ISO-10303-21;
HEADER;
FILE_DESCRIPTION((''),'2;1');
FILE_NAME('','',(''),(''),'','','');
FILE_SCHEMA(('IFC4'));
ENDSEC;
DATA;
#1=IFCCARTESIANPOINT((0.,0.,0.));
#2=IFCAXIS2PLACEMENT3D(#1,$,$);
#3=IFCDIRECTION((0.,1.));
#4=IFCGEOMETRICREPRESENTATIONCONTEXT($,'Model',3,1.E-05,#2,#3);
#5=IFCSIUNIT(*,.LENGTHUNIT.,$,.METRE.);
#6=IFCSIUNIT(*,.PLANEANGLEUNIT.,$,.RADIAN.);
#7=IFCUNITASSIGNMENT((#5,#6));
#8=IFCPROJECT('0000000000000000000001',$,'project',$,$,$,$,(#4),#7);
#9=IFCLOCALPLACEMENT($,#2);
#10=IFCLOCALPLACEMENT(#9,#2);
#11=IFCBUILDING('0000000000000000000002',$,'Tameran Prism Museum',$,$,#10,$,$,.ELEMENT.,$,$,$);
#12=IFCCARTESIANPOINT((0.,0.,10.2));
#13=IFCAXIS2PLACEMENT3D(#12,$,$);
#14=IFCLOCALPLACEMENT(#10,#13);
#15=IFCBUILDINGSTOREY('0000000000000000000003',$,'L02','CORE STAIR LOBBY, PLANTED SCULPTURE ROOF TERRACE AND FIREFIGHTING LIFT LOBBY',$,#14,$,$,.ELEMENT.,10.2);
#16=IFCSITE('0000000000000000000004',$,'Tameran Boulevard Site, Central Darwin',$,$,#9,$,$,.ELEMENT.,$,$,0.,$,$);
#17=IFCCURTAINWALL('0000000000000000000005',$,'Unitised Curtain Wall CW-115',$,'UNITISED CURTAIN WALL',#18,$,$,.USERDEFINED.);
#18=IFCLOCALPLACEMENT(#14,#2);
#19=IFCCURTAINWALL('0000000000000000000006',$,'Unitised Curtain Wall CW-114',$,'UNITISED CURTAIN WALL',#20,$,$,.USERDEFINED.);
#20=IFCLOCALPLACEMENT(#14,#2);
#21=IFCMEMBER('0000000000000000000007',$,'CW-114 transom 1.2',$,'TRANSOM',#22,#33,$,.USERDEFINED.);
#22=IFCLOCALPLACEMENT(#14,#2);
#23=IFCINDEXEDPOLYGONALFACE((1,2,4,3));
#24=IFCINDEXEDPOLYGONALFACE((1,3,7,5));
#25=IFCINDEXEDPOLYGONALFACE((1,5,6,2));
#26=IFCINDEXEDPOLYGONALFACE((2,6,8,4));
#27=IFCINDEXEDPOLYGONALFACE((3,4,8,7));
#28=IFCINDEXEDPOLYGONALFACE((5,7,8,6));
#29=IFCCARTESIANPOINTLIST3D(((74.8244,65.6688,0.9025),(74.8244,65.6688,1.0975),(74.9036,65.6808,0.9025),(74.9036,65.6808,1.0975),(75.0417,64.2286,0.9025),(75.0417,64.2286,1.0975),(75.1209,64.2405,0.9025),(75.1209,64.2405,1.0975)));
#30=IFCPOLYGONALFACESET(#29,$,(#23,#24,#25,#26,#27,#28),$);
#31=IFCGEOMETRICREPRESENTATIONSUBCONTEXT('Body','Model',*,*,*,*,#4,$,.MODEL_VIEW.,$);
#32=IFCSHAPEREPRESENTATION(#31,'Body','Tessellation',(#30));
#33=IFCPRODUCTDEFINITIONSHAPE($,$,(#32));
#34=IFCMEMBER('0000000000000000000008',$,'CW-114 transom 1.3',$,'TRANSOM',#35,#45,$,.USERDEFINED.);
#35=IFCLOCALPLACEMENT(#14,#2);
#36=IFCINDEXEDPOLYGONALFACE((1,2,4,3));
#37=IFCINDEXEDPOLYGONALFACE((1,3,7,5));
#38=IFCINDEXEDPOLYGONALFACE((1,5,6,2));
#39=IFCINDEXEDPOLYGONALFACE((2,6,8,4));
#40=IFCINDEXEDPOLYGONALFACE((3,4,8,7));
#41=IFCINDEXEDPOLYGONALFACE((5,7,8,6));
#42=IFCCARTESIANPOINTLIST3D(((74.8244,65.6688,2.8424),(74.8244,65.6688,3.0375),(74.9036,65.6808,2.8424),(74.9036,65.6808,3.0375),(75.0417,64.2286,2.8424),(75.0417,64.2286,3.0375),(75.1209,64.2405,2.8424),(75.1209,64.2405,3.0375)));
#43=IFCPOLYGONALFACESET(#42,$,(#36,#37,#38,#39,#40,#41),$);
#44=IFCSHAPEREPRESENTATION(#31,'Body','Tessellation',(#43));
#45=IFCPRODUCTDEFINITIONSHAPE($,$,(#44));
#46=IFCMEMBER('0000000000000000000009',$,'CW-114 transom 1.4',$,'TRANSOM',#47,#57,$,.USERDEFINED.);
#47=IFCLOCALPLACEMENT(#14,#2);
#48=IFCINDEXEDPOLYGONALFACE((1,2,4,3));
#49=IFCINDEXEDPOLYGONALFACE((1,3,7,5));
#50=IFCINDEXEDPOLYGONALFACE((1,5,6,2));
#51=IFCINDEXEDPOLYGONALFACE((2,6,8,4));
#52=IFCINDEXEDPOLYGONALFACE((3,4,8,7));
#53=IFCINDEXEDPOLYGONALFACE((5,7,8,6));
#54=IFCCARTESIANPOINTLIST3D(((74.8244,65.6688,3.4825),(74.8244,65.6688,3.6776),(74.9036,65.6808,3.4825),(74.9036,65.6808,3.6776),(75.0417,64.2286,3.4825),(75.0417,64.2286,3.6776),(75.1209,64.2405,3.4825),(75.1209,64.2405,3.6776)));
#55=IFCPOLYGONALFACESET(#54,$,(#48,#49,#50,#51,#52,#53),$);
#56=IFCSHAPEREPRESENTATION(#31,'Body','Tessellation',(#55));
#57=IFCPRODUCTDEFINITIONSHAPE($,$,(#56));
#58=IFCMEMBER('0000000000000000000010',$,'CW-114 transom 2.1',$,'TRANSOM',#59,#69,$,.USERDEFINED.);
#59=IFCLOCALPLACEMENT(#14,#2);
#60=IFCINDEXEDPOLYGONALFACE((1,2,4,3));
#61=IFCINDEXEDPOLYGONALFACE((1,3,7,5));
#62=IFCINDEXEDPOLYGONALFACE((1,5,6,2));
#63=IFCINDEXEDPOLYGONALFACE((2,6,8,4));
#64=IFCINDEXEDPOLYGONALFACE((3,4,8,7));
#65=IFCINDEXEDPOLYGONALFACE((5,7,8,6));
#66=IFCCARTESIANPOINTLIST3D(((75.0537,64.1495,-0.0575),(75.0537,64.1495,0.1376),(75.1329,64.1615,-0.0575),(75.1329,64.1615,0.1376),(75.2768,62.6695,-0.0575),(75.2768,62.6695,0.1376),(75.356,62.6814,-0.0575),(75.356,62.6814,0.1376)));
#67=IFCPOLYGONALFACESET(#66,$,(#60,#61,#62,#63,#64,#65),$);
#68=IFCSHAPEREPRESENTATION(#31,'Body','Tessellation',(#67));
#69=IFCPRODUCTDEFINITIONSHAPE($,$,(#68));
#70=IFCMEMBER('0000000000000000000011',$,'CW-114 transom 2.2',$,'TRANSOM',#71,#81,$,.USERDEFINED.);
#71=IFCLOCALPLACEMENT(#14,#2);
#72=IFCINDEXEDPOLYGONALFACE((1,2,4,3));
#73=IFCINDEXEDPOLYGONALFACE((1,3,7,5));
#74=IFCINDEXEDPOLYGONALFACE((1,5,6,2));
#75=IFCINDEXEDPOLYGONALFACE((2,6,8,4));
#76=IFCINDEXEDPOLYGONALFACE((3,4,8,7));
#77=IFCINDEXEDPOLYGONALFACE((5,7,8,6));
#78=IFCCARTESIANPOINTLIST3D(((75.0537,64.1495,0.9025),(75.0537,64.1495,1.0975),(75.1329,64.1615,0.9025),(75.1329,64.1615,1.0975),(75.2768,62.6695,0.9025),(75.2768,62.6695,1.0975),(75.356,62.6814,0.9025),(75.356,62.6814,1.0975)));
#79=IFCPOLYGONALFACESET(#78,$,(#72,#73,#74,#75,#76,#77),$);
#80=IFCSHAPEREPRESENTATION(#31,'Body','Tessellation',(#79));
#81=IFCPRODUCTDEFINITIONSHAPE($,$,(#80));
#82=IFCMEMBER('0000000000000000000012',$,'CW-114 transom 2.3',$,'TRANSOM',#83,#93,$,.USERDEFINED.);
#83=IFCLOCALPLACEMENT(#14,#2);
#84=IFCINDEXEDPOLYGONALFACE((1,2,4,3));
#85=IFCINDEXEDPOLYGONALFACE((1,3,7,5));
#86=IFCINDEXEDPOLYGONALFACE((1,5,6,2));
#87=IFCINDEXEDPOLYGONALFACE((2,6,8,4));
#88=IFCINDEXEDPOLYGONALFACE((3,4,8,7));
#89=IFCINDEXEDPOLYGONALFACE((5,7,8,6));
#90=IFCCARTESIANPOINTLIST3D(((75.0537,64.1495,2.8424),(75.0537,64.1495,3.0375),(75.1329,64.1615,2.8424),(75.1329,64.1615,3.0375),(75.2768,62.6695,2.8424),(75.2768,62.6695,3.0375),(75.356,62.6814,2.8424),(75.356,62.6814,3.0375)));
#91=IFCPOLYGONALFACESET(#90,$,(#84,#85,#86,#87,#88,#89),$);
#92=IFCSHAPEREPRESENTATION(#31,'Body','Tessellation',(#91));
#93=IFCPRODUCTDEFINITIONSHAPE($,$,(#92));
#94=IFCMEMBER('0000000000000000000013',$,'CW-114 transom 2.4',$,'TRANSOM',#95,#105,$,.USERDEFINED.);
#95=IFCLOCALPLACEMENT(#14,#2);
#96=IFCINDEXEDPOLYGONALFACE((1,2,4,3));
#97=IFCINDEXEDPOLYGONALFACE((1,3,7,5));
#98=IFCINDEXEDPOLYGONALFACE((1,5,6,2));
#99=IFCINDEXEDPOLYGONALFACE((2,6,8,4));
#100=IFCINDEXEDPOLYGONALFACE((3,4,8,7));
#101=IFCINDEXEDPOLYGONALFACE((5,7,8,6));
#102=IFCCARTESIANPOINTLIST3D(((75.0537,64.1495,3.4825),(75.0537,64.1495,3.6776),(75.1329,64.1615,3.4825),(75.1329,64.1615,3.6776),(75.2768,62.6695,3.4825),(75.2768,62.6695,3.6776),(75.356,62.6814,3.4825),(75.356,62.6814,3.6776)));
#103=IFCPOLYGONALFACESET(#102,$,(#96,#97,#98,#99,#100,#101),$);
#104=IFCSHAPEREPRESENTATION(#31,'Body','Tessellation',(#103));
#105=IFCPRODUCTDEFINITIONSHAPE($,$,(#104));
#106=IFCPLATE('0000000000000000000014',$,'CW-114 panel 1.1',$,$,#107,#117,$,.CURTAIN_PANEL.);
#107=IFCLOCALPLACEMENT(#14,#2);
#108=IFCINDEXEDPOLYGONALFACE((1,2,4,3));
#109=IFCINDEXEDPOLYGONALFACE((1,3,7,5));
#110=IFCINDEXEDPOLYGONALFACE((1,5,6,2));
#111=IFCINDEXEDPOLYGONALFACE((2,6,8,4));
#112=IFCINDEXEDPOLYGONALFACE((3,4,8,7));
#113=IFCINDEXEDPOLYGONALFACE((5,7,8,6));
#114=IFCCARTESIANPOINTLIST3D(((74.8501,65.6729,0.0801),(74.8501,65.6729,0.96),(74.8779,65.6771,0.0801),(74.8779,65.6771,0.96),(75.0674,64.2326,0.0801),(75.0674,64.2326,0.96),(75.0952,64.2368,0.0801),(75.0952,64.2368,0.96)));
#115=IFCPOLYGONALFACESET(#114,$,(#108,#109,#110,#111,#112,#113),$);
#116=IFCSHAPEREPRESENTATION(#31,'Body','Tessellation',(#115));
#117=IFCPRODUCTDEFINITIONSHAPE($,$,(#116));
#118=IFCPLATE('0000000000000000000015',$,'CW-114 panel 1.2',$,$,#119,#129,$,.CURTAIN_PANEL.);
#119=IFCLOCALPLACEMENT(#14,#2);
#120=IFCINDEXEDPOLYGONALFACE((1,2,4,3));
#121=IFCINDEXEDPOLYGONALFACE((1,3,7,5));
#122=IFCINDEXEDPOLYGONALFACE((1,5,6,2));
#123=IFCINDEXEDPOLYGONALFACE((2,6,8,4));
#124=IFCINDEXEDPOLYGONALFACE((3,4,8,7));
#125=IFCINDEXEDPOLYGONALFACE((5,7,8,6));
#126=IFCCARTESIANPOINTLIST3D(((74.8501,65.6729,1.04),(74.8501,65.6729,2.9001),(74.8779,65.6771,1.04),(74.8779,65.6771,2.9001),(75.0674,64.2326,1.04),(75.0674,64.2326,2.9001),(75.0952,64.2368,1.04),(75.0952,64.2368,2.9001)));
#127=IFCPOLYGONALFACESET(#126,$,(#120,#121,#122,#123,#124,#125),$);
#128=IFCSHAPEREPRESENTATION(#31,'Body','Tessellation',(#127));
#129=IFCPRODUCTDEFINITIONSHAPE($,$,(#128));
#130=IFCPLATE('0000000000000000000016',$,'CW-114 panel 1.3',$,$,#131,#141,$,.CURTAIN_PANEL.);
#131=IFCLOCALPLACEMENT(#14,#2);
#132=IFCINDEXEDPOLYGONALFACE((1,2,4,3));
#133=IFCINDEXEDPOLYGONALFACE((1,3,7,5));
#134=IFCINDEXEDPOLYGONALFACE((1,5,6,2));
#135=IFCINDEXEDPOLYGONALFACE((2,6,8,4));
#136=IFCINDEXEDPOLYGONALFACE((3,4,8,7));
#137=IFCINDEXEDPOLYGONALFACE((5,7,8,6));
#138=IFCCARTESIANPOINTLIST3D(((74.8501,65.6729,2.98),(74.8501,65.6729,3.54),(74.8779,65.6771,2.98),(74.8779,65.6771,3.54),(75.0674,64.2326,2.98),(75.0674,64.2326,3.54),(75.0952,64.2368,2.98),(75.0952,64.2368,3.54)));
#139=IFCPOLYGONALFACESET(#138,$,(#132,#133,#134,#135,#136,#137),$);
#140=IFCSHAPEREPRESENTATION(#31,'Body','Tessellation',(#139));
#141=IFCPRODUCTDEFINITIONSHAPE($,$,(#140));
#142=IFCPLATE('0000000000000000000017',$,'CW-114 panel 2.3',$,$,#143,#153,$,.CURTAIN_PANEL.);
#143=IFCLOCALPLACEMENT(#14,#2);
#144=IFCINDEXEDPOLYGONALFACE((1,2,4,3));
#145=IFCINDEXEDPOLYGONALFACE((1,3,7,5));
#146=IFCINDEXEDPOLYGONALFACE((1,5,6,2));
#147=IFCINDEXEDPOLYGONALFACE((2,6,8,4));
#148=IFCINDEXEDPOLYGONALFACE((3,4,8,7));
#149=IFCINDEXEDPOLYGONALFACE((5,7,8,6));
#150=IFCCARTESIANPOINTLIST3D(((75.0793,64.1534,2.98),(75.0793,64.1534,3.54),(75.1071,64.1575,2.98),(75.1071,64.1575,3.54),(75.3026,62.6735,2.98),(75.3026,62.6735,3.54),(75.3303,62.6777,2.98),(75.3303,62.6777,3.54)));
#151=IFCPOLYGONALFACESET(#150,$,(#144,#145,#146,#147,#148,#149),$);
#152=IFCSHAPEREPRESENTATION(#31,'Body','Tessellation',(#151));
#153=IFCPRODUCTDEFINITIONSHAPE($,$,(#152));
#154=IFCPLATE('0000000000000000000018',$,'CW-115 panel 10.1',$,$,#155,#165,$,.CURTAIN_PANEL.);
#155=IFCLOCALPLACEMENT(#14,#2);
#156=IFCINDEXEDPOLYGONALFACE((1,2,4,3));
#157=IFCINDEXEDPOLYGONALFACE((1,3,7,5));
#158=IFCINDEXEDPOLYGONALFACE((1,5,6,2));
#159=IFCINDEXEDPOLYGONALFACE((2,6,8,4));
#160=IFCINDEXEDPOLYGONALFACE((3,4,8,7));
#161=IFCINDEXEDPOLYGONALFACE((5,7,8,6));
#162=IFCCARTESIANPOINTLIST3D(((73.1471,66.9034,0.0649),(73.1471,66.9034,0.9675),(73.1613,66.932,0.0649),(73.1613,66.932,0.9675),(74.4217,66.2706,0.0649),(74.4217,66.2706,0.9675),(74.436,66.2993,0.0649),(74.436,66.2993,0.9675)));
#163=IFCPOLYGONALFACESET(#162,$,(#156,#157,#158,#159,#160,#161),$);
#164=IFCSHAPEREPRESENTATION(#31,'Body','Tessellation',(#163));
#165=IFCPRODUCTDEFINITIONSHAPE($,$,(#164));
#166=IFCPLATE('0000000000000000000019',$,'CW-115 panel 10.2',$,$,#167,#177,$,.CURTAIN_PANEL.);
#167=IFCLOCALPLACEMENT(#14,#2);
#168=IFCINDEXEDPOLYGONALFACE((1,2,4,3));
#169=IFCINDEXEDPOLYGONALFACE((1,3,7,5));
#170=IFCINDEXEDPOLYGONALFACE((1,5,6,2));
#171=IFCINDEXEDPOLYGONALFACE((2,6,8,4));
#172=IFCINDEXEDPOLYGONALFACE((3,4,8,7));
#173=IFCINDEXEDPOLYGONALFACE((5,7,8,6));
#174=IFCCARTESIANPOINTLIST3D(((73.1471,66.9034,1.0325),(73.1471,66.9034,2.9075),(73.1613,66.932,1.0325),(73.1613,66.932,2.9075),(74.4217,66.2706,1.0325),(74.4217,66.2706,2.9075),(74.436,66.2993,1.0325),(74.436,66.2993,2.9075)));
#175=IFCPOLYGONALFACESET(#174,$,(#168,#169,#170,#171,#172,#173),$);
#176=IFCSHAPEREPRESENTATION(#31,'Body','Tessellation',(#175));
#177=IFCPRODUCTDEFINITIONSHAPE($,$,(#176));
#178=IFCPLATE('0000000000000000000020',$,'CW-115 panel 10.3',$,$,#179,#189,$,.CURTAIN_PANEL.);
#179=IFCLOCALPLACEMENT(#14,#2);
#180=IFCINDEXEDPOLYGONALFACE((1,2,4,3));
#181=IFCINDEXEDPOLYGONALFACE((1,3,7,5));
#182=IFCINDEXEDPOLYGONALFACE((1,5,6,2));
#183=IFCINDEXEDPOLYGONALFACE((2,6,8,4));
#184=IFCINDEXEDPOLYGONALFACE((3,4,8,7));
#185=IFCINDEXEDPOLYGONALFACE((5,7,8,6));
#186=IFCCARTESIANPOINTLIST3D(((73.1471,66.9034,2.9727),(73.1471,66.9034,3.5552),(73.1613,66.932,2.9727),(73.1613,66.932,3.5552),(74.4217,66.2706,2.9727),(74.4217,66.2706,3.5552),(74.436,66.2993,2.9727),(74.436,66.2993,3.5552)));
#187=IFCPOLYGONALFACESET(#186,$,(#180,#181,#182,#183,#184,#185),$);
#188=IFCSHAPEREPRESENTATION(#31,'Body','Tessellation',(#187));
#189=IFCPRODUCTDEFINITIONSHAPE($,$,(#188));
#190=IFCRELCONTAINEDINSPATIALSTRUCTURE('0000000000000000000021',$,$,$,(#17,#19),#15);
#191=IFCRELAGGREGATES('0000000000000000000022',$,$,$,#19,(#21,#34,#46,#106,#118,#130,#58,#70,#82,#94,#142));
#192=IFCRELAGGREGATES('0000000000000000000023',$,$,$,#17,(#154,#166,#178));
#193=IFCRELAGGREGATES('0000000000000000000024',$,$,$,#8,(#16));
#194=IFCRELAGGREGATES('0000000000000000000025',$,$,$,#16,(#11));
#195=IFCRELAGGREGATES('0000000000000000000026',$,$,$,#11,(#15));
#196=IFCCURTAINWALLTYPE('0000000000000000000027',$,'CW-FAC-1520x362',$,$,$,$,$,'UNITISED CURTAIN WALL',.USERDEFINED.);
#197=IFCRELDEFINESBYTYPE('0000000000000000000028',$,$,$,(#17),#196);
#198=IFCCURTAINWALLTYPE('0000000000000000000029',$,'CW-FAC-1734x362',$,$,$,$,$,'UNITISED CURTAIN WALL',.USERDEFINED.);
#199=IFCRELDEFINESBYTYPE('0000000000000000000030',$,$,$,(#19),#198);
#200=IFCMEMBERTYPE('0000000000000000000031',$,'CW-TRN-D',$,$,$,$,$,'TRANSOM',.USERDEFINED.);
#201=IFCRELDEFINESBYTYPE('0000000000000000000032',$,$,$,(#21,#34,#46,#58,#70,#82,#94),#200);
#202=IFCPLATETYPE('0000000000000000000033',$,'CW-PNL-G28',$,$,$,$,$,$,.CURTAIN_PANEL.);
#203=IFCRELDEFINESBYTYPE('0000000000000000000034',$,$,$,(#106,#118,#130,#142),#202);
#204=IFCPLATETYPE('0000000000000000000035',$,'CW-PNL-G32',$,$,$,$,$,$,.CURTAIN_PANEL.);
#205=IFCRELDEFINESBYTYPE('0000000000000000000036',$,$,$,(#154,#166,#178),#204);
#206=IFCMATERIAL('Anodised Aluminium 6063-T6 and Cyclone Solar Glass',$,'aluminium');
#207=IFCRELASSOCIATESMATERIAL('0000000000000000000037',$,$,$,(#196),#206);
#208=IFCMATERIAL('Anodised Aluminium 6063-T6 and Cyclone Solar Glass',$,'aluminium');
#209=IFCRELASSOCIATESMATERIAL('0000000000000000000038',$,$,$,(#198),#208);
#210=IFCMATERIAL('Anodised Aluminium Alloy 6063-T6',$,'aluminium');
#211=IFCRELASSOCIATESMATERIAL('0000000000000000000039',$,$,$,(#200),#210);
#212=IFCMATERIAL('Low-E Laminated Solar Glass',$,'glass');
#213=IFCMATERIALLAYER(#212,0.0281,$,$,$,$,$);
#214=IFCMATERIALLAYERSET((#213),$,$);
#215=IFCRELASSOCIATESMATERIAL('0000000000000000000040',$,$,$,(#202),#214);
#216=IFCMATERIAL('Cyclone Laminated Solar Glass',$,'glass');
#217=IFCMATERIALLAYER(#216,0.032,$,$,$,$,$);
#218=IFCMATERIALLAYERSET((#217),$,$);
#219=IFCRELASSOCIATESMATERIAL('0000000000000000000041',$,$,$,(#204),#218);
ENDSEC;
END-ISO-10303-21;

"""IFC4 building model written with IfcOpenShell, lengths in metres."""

from ifc_helpers import new_model, si_unit, direction, frame, origin, origin_2d, place, context, subcontext, project, spatial, rectangle, extrude, material, layer, layer_set, material_profile, profile_set, type_object, element, aggregate, save


model = new_model("IFC4")

# Units and contexts
model_context = context("Model", 3, precision=1e-05, world=origin(), true_north=direction((0.0, 1.0)))
body_context = subcontext(model_context, "Body", "Model", "MODEL_VIEW")
ifc_project = project(units=[si_unit("LENGTHUNIT", "METRE"), si_unit("PLANEANGLEUNIT", "RADIAN")], contexts=[model_context])

# Site, building, storey
site_placement = place(None, origin())
site = spatial("IfcSite", under=ifc_project, at=site_placement, Name="Tameran Boulevard Site, Central Darwin", CompositionType="ELEMENT", RefElevation=0.0)
building_placement = place(site_placement, origin())
building = spatial("IfcBuilding", under=site, at=building_placement, Name="Tameran Prism Museum", CompositionType="ELEMENT")
storey_placement = place(building_placement, frame((0.0, 0.0, 10.2)))
storey = spatial("IfcBuildingStorey", under=building, at=storey_placement, Name="L02", Description="CORE STAIR LOBBY, PLANTED SCULPTURE ROOF TERRACE AND FIREFIGHTING LIFT LOBBY", CompositionType="ELEMENT", Elevation=10.2)

# Curtain wall
ifc_material_1 = material(Name="Anodised Aluminium 6063-T6 and Cyclone Solar Glass", Category="aluminium")
curtain_wall_type_1 = type_object("IfcCurtainWallType", Name="CW-FAC-1520x362", ElementType="UNITISED CURTAIN WALL", PredefinedType="USERDEFINED", material=ifc_material_1)
curtain_wall_1_placement = place(storey_placement, origin())
curtain_wall_1 = element("IfcCurtainWall", 1, at=curtain_wall_1_placement, inside=storey, type_object=curtain_wall_type_1, Name="Unitised Curtain Wall CW-115", ObjectType="UNITISED CURTAIN WALL", PredefinedType="USERDEFINED")

# Curtain wall
ifc_material_2 = material(Name="Anodised Aluminium 6063-T6 and Cyclone Solar Glass", Category="aluminium")
curtain_wall_type_2 = type_object("IfcCurtainWallType", Name="CW-FAC-1734x362", ElementType="UNITISED CURTAIN WALL", PredefinedType="USERDEFINED", material=ifc_material_2)
curtain_wall_2_placement = place(storey_placement, origin())
curtain_wall_2 = element("IfcCurtainWall", 2, at=curtain_wall_2_placement, inside=storey, type_object=curtain_wall_type_2, Name="Unitised Curtain Wall CW-114", ObjectType="UNITISED CURTAIN WALL", PredefinedType="USERDEFINED")

# Members
ifc_material_3 = material(Name="Anodised Aluminium Alloy 6063-T6", Category="aluminium")
ifc_material_profile_1 = material_profile(ifc_material_3, rectangle(XDim=0.0801, YDim=0.1951, at=origin_2d()))
ifc_profile_set_1 = profile_set([ifc_material_profile_1])
member_type_1 = type_object("IfcMemberType", Name="CW-TRN-D", ElementType="TRANSOM", PredefinedType="USERDEFINED", material=ifc_profile_set_1)
member_1_placement = place(storey_placement, frame((74.864, 65.6748, 1.0), z_axis=(0.149185, -0.988809, 0.0), x_axis=(0.988809, 0.149185, 0.0)))
member_1 = element("IfcMember", 3, at=member_1_placement, type_object=member_type_1, Name="CW-114 transom 1.2", ObjectType="TRANSOM", PredefinedType="USERDEFINED", context=body_context, shape_type="SweptSolid", body=[
    extrude(rectangle(XDim=0.0801, YDim=0.1951, at=origin_2d()), origin(), (0.0, 0.0, 1.0), 1.4565),
])
member_2_placement = place(storey_placement, frame((74.864, 65.6748, 2.9399), z_axis=(0.149185, -0.988809, 0.0), x_axis=(0.988809, 0.149185, 0.0)))
member_2 = element("IfcMember", 4, at=member_2_placement, type_object=member_type_1, Name="CW-114 transom 1.3", ObjectType="TRANSOM", PredefinedType="USERDEFINED", context=body_context, shape_type="SweptSolid", body=[
    extrude(rectangle(XDim=0.0801, YDim=0.1951, at=origin_2d()), origin(), (0.0, 0.0, 1.0), 1.4565),
])
member_3_placement = place(storey_placement, frame((74.864, 65.6748, 3.5801), z_axis=(0.149185, -0.988809, 0.0), x_axis=(0.988809, 0.149185, 0.0)))
member_3 = element("IfcMember", 5, at=member_3_placement, type_object=member_type_1, Name="CW-114 transom 1.4", ObjectType="TRANSOM", PredefinedType="USERDEFINED", context=body_context, shape_type="SweptSolid", body=[
    extrude(rectangle(XDim=0.0801, YDim=0.1951, at=origin_2d()), origin(), (0.0, 0.0, 1.0), 1.4565),
])
member_4_placement = place(storey_placement, frame((75.0933, 64.1555, 0.04), z_axis=(0.14909, -0.988824, 0.0), x_axis=(0.988824, 0.14909, 0.0)))
member_4 = element("IfcMember", 6, at=member_4_placement, type_object=member_type_1, Name="CW-114 transom 2.1", ObjectType="TRANSOM", PredefinedType="USERDEFINED", context=body_context, shape_type="SweptSolid", body=[
    extrude(rectangle(XDim=0.0801, YDim=0.1951, at=origin_2d()), origin(), (0.0, 0.0, 1.0), 1.4968),
])
member_5_placement = place(storey_placement, frame((75.0933, 64.1555, 1.0), z_axis=(0.14909, -0.988824, 0.0), x_axis=(0.988824, 0.14909, 0.0)))
member_5 = element("IfcMember", 7, at=member_5_placement, type_object=member_type_1, Name="CW-114 transom 2.2", ObjectType="TRANSOM", PredefinedType="USERDEFINED", context=body_context, shape_type="SweptSolid", body=[
    extrude(rectangle(XDim=0.0801, YDim=0.1951, at=origin_2d()), origin(), (0.0, 0.0, 1.0), 1.4968),
])
member_6_placement = place(storey_placement, frame((75.0933, 64.1555, 2.9399), z_axis=(0.14909, -0.988824, 0.0), x_axis=(0.988824, 0.14909, 0.0)))
member_6 = element("IfcMember", 8, at=member_6_placement, type_object=member_type_1, Name="CW-114 transom 2.3", ObjectType="TRANSOM", PredefinedType="USERDEFINED", context=body_context, shape_type="SweptSolid", body=[
    extrude(rectangle(XDim=0.0801, YDim=0.1951, at=origin_2d()), origin(), (0.0, 0.0, 1.0), 1.4968),
])
member_7_placement = place(storey_placement, frame((75.0933, 64.1555, 3.5801), z_axis=(0.14909, -0.988824, 0.0), x_axis=(0.988824, 0.14909, 0.0)))
member_7 = element("IfcMember", 9, at=member_7_placement, type_object=member_type_1, Name="CW-114 transom 2.4", ObjectType="TRANSOM", PredefinedType="USERDEFINED", context=body_context, shape_type="SweptSolid", body=[
    extrude(rectangle(XDim=0.0801, YDim=0.1951, at=origin_2d()), origin(), (0.0, 0.0, 1.0), 1.4968),
])

# Plates
ifc_material_4 = material(Name="Low-E Laminated Solar Glass", Category="glass")
ifc_layer_1 = layer(ifc_material_4, 0.0281)
ifc_layer_set_1 = layer_set([ifc_layer_1])
plate_type_1 = type_object("IfcPlateType", Name="CW-PNL-G28", PredefinedType="CURTAIN_PANEL", material=ifc_layer_set_1)
plate_1_placement = place(storey_placement, frame((74.9727, 64.9548, 0.0801), z_axis=(0.0, 0.0, 1.0), x_axis=(0.149167, -0.988812, 0.0)))
plate_1 = element("IfcPlate", 10, at=plate_1_placement, type_object=plate_type_1, Name="CW-114 panel 1.1", PredefinedType="CURTAIN_PANEL", context=body_context, shape_type="SweptSolid", body=[
    extrude(rectangle(XDim=1.4565, YDim=0.0281, at=origin_2d()), origin(), (0.0, 0.0, 1.0), 0.8799),
])
plate_2_placement = place(storey_placement, frame((74.9727, 64.9548, 1.04), z_axis=(0.0, 0.0, 1.0), x_axis=(0.149167, -0.988812, 0.0)))
plate_2 = element("IfcPlate", 11, at=plate_2_placement, type_object=plate_type_1, Name="CW-114 panel 1.2", PredefinedType="CURTAIN_PANEL", context=body_context, shape_type="SweptSolid", body=[
    extrude(rectangle(XDim=1.4565, YDim=0.0281, at=origin_2d()), origin(), (0.0, 0.0, 1.0), 1.8601),
])
plate_3_placement = place(storey_placement, frame((74.9727, 64.9548, 2.98), z_axis=(0.0, 0.0, 1.0), x_axis=(0.149167, -0.988812, 0.0)))
plate_3 = element("IfcPlate", 12, at=plate_3_placement, type_object=plate_type_1, Name="CW-114 panel 1.3", PredefinedType="CURTAIN_PANEL", context=body_context, shape_type="SweptSolid", body=[
    extrude(rectangle(XDim=1.4565, YDim=0.0281, at=origin_2d()), origin(), (0.0, 0.0, 1.0), 0.5601),
])
plate_4_placement = place(storey_placement, frame((75.2048, 63.4155, 2.98), z_axis=(0.0, 0.0, 1.0), x_axis=(0.149167, -0.988812, 0.0)))
plate_4 = element("IfcPlate", 13, at=plate_4_placement, type_object=plate_type_1, Name="CW-114 panel 2.3", PredefinedType="CURTAIN_PANEL", context=body_context, shape_type="SweptSolid", body=[
    extrude(rectangle(XDim=1.4966, YDim=0.0281, at=origin_2d()), origin(), (0.0, 0.0, 1.0), 0.5601),
])
aggregate(curtain_wall_2, [member_1, member_2, member_3, plate_1, plate_2, plate_3, member_4, member_5, member_6, member_7, plate_4])
ifc_material_5 = material(Name="Cyclone Laminated Solar Glass", Category="glass")
ifc_layer_2 = layer(ifc_material_5, 0.032)
ifc_layer_set_2 = layer_set([ifc_layer_2])
plate_type_2 = type_object("IfcPlateType", Name="CW-PNL-G32", PredefinedType="CURTAIN_PANEL", material=ifc_layer_set_2)
plate_5_placement = place(storey_placement, frame((73.7915, 66.6013, 0.0649), z_axis=(0.0, 0.0, 1.0), x_axis=(0.895712, -0.444634, 0.0)))
plate_5 = element("IfcPlate", 14, at=plate_5_placement, type_object=plate_type_2, Name="CW-115 panel 10.1", PredefinedType="CURTAIN_PANEL", context=body_context, shape_type="SweptSolid", body=[
    extrude(rectangle(XDim=1.4231, YDim=0.032, at=origin_2d()), origin(), (0.0, 0.0, 1.0), 0.9026),
])
plate_6_placement = place(storey_placement, frame((73.7915, 66.6013, 1.0325), z_axis=(0.0, 0.0, 1.0), x_axis=(0.895712, -0.444634, 0.0)))
plate_6 = element("IfcPlate", 15, at=plate_6_placement, type_object=plate_type_2, Name="CW-115 panel 10.2", PredefinedType="CURTAIN_PANEL", context=body_context, shape_type="SweptSolid", body=[
    extrude(rectangle(XDim=1.4231, YDim=0.032, at=origin_2d()), origin(), (0.0, 0.0, 1.0), 1.875),
])
plate_7_placement = place(storey_placement, frame((73.7915, 66.6013, 2.9727), z_axis=(0.0, 0.0, 1.0), x_axis=(0.895712, -0.444634, 0.0)))
plate_7 = element("IfcPlate", 16, at=plate_7_placement, type_object=plate_type_2, Name="CW-115 panel 10.3", PredefinedType="CURTAIN_PANEL", context=body_context, shape_type="SweptSolid", body=[
    extrude(rectangle(XDim=1.4231, YDim=0.032, at=origin_2d()), origin(), (0.0, 0.0, 1.0), 0.5825),
])
aggregate(curtain_wall_1, [plate_5, plate_6, plate_7])

save(model, "model.ifc")
